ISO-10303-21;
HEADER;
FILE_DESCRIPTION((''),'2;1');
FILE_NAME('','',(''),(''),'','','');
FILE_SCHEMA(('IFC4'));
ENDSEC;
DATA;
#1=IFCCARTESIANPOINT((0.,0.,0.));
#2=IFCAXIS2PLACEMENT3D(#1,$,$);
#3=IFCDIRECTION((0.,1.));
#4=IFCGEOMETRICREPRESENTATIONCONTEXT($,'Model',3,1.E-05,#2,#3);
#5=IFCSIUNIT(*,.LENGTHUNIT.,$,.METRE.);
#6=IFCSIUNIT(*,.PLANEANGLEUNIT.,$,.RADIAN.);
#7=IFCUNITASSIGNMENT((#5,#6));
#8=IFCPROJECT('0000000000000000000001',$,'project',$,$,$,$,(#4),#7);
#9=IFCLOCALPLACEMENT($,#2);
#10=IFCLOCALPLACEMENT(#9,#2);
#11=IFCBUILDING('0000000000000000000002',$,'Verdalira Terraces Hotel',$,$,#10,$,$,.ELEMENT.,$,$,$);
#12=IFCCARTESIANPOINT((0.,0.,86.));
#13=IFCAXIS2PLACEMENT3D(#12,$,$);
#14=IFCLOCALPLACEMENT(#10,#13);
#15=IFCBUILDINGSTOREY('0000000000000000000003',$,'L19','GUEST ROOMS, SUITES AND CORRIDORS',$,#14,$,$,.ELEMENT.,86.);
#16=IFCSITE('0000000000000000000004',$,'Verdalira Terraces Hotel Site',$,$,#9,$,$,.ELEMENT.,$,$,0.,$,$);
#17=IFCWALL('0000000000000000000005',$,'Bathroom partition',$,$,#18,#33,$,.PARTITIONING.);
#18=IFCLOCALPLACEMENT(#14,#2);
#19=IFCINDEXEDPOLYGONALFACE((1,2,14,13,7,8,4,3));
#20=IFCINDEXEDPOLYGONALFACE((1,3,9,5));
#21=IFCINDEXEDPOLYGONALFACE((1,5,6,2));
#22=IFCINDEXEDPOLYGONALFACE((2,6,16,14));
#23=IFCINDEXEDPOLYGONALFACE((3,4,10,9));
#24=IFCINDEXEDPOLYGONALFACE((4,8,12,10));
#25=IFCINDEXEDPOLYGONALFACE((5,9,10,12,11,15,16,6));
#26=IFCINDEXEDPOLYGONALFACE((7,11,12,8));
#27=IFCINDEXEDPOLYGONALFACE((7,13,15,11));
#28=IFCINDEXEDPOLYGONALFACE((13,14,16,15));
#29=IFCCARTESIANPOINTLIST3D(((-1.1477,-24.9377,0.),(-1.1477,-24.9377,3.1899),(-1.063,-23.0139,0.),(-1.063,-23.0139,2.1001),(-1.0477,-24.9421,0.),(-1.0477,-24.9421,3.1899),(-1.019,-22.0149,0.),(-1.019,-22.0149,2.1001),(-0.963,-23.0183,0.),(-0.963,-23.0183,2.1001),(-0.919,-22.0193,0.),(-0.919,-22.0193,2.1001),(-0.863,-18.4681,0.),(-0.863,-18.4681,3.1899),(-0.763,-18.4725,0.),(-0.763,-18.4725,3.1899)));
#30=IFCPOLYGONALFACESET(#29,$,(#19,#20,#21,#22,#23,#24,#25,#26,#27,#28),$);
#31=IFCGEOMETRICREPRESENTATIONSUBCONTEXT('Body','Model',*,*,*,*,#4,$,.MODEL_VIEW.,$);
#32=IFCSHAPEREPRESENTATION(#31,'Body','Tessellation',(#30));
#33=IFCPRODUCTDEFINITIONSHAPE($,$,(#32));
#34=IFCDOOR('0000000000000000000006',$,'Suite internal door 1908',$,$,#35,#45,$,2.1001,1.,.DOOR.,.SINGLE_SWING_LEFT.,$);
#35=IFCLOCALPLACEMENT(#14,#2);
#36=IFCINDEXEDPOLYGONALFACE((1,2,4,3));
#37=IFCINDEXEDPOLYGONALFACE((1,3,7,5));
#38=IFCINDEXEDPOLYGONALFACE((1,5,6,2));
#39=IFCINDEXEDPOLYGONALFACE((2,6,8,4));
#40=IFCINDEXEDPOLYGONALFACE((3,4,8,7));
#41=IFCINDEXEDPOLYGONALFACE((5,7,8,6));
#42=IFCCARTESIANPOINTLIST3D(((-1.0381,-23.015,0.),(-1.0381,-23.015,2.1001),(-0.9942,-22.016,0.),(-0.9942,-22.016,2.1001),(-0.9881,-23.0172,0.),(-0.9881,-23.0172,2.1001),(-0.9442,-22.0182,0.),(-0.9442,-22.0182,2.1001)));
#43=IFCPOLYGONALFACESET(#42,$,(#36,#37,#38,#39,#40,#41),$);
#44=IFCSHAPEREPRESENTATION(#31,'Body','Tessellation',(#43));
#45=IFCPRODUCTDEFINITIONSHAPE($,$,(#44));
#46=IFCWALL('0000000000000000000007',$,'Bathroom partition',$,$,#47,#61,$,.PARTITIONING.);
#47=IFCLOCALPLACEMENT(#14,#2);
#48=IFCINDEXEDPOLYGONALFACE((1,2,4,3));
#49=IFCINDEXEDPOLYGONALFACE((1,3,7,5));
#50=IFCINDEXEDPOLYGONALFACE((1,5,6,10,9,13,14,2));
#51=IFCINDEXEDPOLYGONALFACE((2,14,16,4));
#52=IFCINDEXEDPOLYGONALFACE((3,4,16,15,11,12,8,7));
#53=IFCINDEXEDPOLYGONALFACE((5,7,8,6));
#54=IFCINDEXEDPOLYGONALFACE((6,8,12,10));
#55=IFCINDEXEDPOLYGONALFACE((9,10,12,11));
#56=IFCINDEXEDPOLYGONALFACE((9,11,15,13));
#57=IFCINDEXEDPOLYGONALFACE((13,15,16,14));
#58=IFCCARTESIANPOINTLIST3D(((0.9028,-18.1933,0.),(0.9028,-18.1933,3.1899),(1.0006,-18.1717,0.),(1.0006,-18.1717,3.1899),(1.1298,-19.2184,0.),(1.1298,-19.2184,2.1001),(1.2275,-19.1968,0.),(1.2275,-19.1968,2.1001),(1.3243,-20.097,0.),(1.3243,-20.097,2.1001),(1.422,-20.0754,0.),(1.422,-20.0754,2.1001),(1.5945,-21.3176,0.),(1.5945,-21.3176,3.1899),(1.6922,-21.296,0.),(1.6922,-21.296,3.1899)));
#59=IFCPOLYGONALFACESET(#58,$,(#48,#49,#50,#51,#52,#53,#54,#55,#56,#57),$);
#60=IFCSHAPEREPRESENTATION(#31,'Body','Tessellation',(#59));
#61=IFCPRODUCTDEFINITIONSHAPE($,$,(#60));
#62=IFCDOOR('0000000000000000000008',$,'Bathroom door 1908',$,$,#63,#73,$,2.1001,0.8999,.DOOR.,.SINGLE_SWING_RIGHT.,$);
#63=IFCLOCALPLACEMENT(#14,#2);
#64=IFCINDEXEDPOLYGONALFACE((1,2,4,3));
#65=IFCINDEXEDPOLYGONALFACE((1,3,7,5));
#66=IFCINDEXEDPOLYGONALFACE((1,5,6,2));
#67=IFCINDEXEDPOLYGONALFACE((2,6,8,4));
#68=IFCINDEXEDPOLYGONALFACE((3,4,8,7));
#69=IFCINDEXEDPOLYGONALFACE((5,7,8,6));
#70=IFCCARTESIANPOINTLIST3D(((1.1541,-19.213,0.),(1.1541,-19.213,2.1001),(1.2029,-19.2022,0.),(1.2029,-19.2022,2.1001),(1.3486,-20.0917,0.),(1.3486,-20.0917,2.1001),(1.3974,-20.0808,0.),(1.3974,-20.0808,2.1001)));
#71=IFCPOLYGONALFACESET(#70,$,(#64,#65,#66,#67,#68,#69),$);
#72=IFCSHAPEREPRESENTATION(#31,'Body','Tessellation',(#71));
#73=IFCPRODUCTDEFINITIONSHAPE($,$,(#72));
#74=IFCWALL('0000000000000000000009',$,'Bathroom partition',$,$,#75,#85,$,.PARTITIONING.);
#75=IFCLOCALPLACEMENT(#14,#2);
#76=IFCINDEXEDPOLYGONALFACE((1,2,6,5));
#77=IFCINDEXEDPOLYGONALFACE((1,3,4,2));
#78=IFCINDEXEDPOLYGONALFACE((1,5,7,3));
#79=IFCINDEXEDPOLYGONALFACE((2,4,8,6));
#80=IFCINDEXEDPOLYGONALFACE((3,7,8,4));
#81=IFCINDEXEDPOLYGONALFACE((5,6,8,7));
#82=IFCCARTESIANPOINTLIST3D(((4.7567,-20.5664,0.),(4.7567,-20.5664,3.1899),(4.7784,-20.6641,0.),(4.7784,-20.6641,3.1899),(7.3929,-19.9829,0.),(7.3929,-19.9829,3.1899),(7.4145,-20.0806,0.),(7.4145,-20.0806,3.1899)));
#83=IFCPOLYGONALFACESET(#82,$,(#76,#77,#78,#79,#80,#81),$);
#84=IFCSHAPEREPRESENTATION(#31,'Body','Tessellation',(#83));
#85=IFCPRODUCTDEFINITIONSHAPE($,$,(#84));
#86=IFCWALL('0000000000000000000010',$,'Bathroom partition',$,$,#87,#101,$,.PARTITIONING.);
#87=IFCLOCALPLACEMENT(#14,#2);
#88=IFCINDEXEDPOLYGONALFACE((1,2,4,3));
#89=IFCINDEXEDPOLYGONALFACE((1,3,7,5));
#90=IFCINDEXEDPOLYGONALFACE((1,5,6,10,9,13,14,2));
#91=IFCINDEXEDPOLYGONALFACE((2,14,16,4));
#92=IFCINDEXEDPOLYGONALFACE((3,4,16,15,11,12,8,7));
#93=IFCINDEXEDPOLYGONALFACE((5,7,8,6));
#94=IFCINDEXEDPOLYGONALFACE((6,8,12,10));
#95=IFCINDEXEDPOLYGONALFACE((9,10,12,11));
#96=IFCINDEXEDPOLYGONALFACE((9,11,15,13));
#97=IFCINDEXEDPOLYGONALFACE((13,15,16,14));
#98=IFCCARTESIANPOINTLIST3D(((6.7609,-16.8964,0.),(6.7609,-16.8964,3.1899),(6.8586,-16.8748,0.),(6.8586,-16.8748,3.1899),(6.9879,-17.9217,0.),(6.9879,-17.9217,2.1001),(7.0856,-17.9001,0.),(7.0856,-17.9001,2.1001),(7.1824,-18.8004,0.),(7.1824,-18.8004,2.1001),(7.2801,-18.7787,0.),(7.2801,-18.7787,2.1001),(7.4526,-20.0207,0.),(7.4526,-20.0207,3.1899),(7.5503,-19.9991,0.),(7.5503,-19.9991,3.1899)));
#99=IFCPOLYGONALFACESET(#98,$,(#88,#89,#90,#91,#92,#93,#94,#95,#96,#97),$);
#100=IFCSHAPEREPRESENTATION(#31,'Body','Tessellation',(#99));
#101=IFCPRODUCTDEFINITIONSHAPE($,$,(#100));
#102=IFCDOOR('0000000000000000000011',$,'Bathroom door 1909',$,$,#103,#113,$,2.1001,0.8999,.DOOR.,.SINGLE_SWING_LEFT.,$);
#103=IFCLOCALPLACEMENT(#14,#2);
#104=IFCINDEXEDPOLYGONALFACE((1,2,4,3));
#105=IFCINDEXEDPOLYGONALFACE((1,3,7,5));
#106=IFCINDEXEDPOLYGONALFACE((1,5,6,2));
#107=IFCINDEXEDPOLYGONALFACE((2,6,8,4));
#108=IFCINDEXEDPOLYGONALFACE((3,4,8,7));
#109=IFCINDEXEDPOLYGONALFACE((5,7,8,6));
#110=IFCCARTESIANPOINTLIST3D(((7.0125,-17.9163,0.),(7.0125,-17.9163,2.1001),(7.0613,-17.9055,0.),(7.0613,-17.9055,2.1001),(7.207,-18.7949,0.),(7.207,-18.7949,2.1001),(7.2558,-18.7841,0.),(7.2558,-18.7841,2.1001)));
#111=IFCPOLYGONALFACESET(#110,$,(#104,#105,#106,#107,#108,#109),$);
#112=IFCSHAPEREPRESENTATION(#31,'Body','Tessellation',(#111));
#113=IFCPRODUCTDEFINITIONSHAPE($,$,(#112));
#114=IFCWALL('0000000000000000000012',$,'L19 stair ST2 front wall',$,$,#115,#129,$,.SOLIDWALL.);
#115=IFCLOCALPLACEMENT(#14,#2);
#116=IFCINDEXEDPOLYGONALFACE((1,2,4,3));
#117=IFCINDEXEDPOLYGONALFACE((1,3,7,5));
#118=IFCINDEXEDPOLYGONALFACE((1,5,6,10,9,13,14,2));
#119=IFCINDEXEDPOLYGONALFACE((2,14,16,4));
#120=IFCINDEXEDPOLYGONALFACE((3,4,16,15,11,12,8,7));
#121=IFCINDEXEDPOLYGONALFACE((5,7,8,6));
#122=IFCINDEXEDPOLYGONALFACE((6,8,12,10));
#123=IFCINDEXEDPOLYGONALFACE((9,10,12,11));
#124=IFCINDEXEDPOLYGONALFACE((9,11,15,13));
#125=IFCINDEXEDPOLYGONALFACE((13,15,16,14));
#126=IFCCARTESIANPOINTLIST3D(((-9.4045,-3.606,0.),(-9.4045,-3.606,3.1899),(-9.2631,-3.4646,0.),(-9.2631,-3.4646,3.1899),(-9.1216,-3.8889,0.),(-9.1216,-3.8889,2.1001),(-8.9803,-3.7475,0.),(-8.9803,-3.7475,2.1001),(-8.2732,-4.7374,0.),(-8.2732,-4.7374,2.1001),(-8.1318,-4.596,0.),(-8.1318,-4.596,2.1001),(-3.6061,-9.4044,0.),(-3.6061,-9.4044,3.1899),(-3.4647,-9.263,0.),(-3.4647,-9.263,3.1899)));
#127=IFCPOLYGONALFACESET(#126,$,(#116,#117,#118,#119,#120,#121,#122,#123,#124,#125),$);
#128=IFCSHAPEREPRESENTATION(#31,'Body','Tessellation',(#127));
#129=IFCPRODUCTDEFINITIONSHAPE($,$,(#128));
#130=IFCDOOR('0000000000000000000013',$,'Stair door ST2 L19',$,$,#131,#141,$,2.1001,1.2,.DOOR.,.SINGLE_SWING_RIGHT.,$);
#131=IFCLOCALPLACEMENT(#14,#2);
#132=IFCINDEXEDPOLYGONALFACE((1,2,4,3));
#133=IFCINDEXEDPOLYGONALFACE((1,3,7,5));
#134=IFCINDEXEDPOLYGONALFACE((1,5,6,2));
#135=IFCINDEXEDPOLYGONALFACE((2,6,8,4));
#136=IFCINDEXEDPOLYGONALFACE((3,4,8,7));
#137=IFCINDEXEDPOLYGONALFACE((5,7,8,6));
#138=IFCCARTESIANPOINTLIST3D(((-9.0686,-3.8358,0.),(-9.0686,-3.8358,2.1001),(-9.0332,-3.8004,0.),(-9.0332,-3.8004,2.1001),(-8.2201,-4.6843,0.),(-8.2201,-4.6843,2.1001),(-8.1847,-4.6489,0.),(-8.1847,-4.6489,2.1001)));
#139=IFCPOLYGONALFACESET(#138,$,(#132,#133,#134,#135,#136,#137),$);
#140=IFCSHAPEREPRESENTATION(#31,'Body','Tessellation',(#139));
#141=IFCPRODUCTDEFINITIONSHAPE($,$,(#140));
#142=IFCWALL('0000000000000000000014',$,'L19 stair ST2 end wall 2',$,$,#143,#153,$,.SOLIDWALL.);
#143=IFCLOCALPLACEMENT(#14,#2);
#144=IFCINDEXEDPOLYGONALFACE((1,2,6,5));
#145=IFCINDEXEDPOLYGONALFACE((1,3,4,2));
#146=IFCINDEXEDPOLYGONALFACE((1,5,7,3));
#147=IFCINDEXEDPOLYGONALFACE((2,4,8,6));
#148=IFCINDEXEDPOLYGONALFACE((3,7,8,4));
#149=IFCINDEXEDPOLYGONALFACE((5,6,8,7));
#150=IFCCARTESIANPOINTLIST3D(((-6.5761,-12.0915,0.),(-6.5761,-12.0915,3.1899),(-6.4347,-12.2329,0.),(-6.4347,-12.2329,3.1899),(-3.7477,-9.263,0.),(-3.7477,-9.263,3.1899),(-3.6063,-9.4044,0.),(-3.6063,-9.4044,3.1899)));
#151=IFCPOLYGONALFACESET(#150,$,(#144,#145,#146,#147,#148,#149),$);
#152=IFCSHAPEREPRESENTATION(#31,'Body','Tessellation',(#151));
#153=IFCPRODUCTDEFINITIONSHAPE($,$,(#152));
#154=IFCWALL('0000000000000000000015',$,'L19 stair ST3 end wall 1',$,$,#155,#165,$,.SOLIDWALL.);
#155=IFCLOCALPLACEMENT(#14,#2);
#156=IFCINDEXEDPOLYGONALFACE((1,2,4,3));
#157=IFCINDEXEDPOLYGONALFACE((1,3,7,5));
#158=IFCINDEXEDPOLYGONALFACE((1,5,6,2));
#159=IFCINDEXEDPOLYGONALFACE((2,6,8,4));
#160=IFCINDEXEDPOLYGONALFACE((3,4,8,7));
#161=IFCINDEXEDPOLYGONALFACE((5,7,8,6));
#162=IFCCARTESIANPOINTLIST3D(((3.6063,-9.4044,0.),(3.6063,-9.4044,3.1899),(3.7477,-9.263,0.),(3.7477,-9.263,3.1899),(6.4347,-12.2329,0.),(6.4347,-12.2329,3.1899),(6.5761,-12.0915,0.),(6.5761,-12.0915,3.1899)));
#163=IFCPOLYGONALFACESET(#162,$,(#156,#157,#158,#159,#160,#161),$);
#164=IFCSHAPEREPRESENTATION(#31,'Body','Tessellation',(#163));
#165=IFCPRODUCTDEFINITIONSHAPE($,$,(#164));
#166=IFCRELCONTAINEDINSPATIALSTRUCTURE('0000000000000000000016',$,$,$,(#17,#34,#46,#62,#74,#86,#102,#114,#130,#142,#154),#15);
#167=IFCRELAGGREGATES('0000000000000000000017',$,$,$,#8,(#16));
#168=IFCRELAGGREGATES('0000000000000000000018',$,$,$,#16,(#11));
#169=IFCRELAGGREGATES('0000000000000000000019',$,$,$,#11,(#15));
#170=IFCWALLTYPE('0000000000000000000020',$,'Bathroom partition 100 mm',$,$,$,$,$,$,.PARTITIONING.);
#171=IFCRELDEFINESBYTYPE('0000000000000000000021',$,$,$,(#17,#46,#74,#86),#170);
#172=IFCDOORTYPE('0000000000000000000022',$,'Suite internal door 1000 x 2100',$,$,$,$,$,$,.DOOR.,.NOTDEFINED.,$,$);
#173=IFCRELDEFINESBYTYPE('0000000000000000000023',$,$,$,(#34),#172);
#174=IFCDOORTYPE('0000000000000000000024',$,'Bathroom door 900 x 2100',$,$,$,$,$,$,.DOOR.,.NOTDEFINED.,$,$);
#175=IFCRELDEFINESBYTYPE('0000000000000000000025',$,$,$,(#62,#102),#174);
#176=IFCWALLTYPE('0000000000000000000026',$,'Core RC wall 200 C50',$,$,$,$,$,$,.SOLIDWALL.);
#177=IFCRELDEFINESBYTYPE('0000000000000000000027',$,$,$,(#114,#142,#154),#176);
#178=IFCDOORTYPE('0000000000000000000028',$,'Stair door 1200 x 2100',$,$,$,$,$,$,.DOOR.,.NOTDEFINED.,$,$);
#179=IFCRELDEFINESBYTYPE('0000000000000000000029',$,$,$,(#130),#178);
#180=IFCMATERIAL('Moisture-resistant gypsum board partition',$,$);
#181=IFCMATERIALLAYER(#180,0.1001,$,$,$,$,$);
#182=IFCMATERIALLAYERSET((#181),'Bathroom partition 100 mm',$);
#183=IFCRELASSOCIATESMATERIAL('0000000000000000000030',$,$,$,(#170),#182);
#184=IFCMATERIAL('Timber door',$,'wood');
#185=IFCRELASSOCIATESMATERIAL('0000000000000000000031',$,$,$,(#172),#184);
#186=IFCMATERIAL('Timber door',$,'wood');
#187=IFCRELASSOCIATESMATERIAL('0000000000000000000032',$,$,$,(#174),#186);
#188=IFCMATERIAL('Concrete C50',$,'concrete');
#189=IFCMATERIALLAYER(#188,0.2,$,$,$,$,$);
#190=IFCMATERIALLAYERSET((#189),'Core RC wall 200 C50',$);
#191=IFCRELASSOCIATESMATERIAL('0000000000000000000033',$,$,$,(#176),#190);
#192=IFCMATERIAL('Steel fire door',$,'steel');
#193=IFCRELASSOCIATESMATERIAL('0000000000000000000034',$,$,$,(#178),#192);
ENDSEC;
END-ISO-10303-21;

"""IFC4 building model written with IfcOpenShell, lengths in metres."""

from ifc_helpers import new_model, si_unit, direction, frame, frame_2d, origin, place, context, subcontext, project, spatial, rectangle, extrude, material, layer, layer_set, type_object, element, fill, save


model = new_model("IFC4")

# Units and contexts
model_context = context("Model", 3, precision=1e-05, world=origin(), true_north=direction((0.0, 1.0)))
body_context = subcontext(model_context, "Body", "Model", "MODEL_VIEW")
ifc_project = project(units=[si_unit("LENGTHUNIT", "METRE"), si_unit("PLANEANGLEUNIT", "RADIAN")], contexts=[model_context])

# Site, building, storey
site_placement = place(None, origin())
site = spatial("IfcSite", under=ifc_project, at=site_placement, Name="Verdalira Terraces Hotel Site", CompositionType="ELEMENT", RefElevation=0.0)
building_placement = place(site_placement, origin())
building = spatial("IfcBuilding", under=site, at=building_placement, Name="Verdalira Terraces Hotel", CompositionType="ELEMENT")
storey_placement = place(building_placement, frame((0.0, 0.0, 86.0)))
storey = spatial("IfcBuildingStorey", under=building, at=storey_placement, Name="L19", Description="GUEST ROOMS, SUITES AND CORRIDORS", CompositionType="ELEMENT", Elevation=86.0)

# Walls, openings, doors
ifc_material_1 = material(Name="Moisture-resistant gypsum board partition")
ifc_layer_1 = layer(ifc_material_1, 0.1001)
ifc_layer_set_1 = layer_set([ifc_layer_1], Name="Bathroom partition 100 mm")
wall_type_1 = type_object("IfcWallType", Name="Bathroom partition 100 mm", PredefinedType="PARTITIONING", material=ifc_layer_set_1)
wall_1_placement = place(storey_placement, frame((-0.813, -18.4705, 0.0), z_axis=(0.0, 0.0, 1.0), x_axis=(-0.043959, -0.999033, 0.0)))
wall_1 = element("IfcWall", 1, at=wall_1_placement, inside=storey, type_object=wall_type_1, Name="Bathroom partition", PredefinedType="PARTITIONING", context=body_context, shape_type="SweptSolid", body=[
    extrude(rectangle(XDim=6.4758, YDim=0.1001, at=frame_2d((3.2378, 0.0))), origin(), (0.0, 0.0, 1.0), 3.1899),
])
opening_1_placement = place(wall_1_placement, frame((3.55, 0.0, 0.0)))
opening_1 = element("IfcOpeningElement", 2, at=opening_1_placement, cuts=wall_1, PredefinedType="OPENING", context=body_context, shape_type="SweptSolid", body=[
    extrude(rectangle(XDim=1.0, YDim=2.1001, at=frame_2d((0.5, 1.05))), frame((0.0, 0.0601, 0.0), z_axis=(0.0, -1.0, 0.0), x_axis=(1.0, 0.0, 0.0)), (0.0, 0.0, 1.0), 0.1201),
])
ifc_material_2 = material(Name="Timber door", Category="wood")
door_type_1 = type_object("IfcDoorType", Name="Suite internal door 1000 x 2100", OperationType="NOTDEFINED", PredefinedType="DOOR", material=ifc_material_2)
door_1_placement = place(opening_1_placement, origin())
door_1 = element("IfcDoor", 3, at=door_1_placement, inside=storey, type_object=door_type_1, Name="Suite internal door 1908", OperationType="SINGLE_SWING_LEFT", OverallHeight=2.1001, OverallWidth=1.0, PredefinedType="DOOR", context=body_context, shape_type="SweptSolid", body=[
    extrude(rectangle(XDim=1.0, YDim=2.1001, at=frame_2d((0.5, 1.05))), frame((0.0, 0.0249, 0.0), z_axis=(0.0, -1.0, 0.0), x_axis=(1.0, 0.0, 0.0)), (0.0, 0.0, 1.0), 0.05),
])
fill(opening_1, door_1)
wall_2_placement = place(storey_placement, frame((0.9517, -18.1824, 0.0), z_axis=(0.0, 0.0, 1.0), x_axis=(0.216147, -0.976361, 0.0)))
wall_2 = element("IfcWall", 4, at=wall_2_placement, inside=storey, type_object=wall_type_1, Name="Bathroom partition", PredefinedType="PARTITIONING", context=body_context, shape_type="SweptSolid", body=[
    extrude(rectangle(XDim=3.2, YDim=0.1001, at=frame_2d((1.6001, 0.0))), origin(), (0.0, 0.0, 1.0), 3.1899),
])
opening_2_placement = place(wall_2_placement, frame((1.05, 0.0, 0.0)))
opening_2 = element("IfcOpeningElement", 5, at=opening_2_placement, cuts=wall_2, PredefinedType="OPENING", context=body_context, shape_type="SweptSolid", body=[
    extrude(rectangle(XDim=0.8999, YDim=2.1001, at=frame_2d((0.45, 1.05))), frame((0.0, 0.0601, 0.0), z_axis=(0.0, -1.0, 0.0), x_axis=(1.0, 0.0, 0.0)), (0.0, 0.0, 1.0), 0.1201),
])
ifc_material_3 = material(Name="Timber door", Category="wood")
door_type_2 = type_object("IfcDoorType", Name="Bathroom door 900 x 2100", OperationType="NOTDEFINED", PredefinedType="DOOR", material=ifc_material_3)
door_2_placement = place(opening_2_placement, origin())
door_2 = element("IfcDoor", 6, at=door_2_placement, inside=storey, type_object=door_type_2, Name="Bathroom door 1908", OperationType="SINGLE_SWING_RIGHT", OverallHeight=2.1001, OverallWidth=0.8999, PredefinedType="DOOR", context=body_context, shape_type="SweptSolid", body=[
    extrude(rectangle(XDim=0.8999, YDim=2.1001, at=frame_2d((0.45, 1.05))), frame((0.0, 0.0249, 0.0), z_axis=(0.0, -1.0, 0.0), x_axis=(1.0, 0.0, 0.0)), (0.0, 0.0, 1.0), 0.05),
])
fill(opening_2, door_2)

# Wall
wall_3_placement = place(storey_placement, frame((7.4038, -20.0317, 0.0), z_axis=(0.0, 0.0, 1.0), x_axis=(-0.97637, -0.216107, 0.0)))
element("IfcWall", 7, at=wall_3_placement, inside=storey, type_object=wall_type_1, Name="Bathroom partition", PredefinedType="PARTITIONING", context=body_context, shape_type="SweptSolid", body=[
    extrude(rectangle(XDim=2.7, YDim=0.1001, at=frame_2d((1.3501, 0.0))), origin(), (0.0, 0.0, 1.0), 3.1899),
])

# Walls, openings, doors
wall_4_placement = place(storey_placement, frame((7.5015, -20.01, 0.0), z_axis=(0.0, 0.0, 1.0), x_axis=(-0.216147, 0.976361, 0.0)))
wall_4 = element("IfcWall", 8, at=wall_4_placement, inside=storey, type_object=wall_type_1, Name="Bathroom partition", PredefinedType="PARTITIONING", context=body_context, shape_type="SweptSolid", body=[
    extrude(rectangle(XDim=3.2, YDim=0.1001, at=frame_2d((1.6001, 0.0))), origin(), (0.0, 0.0, 1.0), 3.1899),
])
opening_3_placement = place(wall_4_placement, frame((1.25, 0.0, 0.0)))
opening_3 = element("IfcOpeningElement", 9, at=opening_3_placement, cuts=wall_4, PredefinedType="OPENING", context=body_context, shape_type="SweptSolid", body=[
    extrude(rectangle(XDim=0.8999, YDim=2.1001, at=frame_2d((0.45, 1.05))), frame((0.0, 0.0601, 0.0), z_axis=(0.0, -1.0, 0.0), x_axis=(1.0, 0.0, 0.0)), (0.0, 0.0, 1.0), 0.1201),
])
door_3_placement = place(opening_3_placement, origin())
door_3 = element("IfcDoor", 10, at=door_3_placement, inside=storey, type_object=door_type_2, Name="Bathroom door 1909", OperationType="SINGLE_SWING_LEFT", OverallHeight=2.1001, OverallWidth=0.8999, PredefinedType="DOOR", context=body_context, shape_type="SweptSolid", body=[
    extrude(rectangle(XDim=0.8999, YDim=2.1001, at=frame_2d((0.45, 1.05))), frame((0.0, 0.0249, 0.0), z_axis=(0.0, -1.0, 0.0), x_axis=(1.0, 0.0, 0.0)), (0.0, 0.0, 1.0), 0.05),
])
fill(opening_3, door_3)
ifc_material_4 = material(Name="Concrete C50", Category="concrete")
ifc_layer_2 = layer(ifc_material_4, 0.2)
ifc_layer_set_2 = layer_set([ifc_layer_2], Name="Core RC wall 200 C50")
wall_type_2 = type_object("IfcWallType", Name="Core RC wall 200 C50", PredefinedType="SOLIDWALL", material=ifc_layer_set_2)
wall_5_placement = place(storey_placement, frame((-3.5354, -9.3337, 0.0), z_axis=(0.0, 0.0, 1.0), x_axis=(-0.707107, 0.707107, 0.0)))
wall_5 = element("IfcWall", 11, at=wall_5_placement, inside=storey, type_object=wall_type_2, Name="L19 stair ST2 front wall", PredefinedType="SOLIDWALL", context=body_context, shape_type="SweptSolid", body=[
    extrude(rectangle(XDim=8.2002, YDim=0.2, at=frame_2d((4.1001, 0.0))), origin(), (0.0, 0.0, 1.0), 3.1899),
])
opening_4_placement = place(wall_5_placement, frame((6.6001, 0.0, 0.0)))
opening_4 = element("IfcOpeningElement", 12, at=opening_4_placement, cuts=wall_5, PredefinedType="OPENING", context=body_context, shape_type="SweptSolid", body=[
    extrude(rectangle(XDim=1.2, YDim=2.1001, at=frame_2d((0.6001, 1.05))), frame((0.0, 0.1099, 0.0), z_axis=(0.0, -1.0, 0.0), x_axis=(1.0, 0.0, 0.0)), (0.0, 0.0, 1.0), 0.22),
])
ifc_material_5 = material(Name="Steel fire door", Category="steel")
door_type_3 = type_object("IfcDoorType", Name="Stair door 1200 x 2100", OperationType="NOTDEFINED", PredefinedType="DOOR", material=ifc_material_5)
door_4_placement = place(opening_4_placement, origin())
door_4 = element("IfcDoor", 13, at=door_4_placement, inside=storey, type_object=door_type_3, Name="Stair door ST2 L19", OperationType="SINGLE_SWING_RIGHT", OverallHeight=2.1001, OverallWidth=1.2, PredefinedType="DOOR", context=body_context, shape_type="SweptSolid", body=[
    extrude(rectangle(XDim=1.2, YDim=2.1001, at=frame_2d((0.6001, 1.05))), frame((0.0, 0.0249, 0.0), z_axis=(0.0, -1.0, 0.0), x_axis=(1.0, 0.0, 0.0)), (0.0, 0.0, 1.0), 0.05),
])
fill(opening_4, door_4)

# Walls
for number, where, z_axis, x_axis, name in (
    (14, (-3.677, -9.3337, 0.0), (0.0, 0.0, 1.0), (-0.707107, -0.707107, 0.0), "L19 stair ST2 end wall 2"),
    (15, (3.677, -9.3337, 0.0), (0.0, 0.0, 1.0), (0.707107, -0.707107, 0.0), "L19 stair ST3 end wall 1"),
):
    element("IfcWall", number, at=place(storey_placement, frame(where, z_axis=z_axis, x_axis=x_axis)), inside=storey, type_object=wall_type_2, Name=name, PredefinedType="SOLIDWALL", context=body_context, shape_type="SweptSolid", body=[
        extrude(rectangle(XDim=4.0, YDim=0.2, at=frame_2d((2.0, 0.0))), origin(), (0.0, 0.0, 1.0), 3.1899),
    ])

save(model, "model.ifc")
